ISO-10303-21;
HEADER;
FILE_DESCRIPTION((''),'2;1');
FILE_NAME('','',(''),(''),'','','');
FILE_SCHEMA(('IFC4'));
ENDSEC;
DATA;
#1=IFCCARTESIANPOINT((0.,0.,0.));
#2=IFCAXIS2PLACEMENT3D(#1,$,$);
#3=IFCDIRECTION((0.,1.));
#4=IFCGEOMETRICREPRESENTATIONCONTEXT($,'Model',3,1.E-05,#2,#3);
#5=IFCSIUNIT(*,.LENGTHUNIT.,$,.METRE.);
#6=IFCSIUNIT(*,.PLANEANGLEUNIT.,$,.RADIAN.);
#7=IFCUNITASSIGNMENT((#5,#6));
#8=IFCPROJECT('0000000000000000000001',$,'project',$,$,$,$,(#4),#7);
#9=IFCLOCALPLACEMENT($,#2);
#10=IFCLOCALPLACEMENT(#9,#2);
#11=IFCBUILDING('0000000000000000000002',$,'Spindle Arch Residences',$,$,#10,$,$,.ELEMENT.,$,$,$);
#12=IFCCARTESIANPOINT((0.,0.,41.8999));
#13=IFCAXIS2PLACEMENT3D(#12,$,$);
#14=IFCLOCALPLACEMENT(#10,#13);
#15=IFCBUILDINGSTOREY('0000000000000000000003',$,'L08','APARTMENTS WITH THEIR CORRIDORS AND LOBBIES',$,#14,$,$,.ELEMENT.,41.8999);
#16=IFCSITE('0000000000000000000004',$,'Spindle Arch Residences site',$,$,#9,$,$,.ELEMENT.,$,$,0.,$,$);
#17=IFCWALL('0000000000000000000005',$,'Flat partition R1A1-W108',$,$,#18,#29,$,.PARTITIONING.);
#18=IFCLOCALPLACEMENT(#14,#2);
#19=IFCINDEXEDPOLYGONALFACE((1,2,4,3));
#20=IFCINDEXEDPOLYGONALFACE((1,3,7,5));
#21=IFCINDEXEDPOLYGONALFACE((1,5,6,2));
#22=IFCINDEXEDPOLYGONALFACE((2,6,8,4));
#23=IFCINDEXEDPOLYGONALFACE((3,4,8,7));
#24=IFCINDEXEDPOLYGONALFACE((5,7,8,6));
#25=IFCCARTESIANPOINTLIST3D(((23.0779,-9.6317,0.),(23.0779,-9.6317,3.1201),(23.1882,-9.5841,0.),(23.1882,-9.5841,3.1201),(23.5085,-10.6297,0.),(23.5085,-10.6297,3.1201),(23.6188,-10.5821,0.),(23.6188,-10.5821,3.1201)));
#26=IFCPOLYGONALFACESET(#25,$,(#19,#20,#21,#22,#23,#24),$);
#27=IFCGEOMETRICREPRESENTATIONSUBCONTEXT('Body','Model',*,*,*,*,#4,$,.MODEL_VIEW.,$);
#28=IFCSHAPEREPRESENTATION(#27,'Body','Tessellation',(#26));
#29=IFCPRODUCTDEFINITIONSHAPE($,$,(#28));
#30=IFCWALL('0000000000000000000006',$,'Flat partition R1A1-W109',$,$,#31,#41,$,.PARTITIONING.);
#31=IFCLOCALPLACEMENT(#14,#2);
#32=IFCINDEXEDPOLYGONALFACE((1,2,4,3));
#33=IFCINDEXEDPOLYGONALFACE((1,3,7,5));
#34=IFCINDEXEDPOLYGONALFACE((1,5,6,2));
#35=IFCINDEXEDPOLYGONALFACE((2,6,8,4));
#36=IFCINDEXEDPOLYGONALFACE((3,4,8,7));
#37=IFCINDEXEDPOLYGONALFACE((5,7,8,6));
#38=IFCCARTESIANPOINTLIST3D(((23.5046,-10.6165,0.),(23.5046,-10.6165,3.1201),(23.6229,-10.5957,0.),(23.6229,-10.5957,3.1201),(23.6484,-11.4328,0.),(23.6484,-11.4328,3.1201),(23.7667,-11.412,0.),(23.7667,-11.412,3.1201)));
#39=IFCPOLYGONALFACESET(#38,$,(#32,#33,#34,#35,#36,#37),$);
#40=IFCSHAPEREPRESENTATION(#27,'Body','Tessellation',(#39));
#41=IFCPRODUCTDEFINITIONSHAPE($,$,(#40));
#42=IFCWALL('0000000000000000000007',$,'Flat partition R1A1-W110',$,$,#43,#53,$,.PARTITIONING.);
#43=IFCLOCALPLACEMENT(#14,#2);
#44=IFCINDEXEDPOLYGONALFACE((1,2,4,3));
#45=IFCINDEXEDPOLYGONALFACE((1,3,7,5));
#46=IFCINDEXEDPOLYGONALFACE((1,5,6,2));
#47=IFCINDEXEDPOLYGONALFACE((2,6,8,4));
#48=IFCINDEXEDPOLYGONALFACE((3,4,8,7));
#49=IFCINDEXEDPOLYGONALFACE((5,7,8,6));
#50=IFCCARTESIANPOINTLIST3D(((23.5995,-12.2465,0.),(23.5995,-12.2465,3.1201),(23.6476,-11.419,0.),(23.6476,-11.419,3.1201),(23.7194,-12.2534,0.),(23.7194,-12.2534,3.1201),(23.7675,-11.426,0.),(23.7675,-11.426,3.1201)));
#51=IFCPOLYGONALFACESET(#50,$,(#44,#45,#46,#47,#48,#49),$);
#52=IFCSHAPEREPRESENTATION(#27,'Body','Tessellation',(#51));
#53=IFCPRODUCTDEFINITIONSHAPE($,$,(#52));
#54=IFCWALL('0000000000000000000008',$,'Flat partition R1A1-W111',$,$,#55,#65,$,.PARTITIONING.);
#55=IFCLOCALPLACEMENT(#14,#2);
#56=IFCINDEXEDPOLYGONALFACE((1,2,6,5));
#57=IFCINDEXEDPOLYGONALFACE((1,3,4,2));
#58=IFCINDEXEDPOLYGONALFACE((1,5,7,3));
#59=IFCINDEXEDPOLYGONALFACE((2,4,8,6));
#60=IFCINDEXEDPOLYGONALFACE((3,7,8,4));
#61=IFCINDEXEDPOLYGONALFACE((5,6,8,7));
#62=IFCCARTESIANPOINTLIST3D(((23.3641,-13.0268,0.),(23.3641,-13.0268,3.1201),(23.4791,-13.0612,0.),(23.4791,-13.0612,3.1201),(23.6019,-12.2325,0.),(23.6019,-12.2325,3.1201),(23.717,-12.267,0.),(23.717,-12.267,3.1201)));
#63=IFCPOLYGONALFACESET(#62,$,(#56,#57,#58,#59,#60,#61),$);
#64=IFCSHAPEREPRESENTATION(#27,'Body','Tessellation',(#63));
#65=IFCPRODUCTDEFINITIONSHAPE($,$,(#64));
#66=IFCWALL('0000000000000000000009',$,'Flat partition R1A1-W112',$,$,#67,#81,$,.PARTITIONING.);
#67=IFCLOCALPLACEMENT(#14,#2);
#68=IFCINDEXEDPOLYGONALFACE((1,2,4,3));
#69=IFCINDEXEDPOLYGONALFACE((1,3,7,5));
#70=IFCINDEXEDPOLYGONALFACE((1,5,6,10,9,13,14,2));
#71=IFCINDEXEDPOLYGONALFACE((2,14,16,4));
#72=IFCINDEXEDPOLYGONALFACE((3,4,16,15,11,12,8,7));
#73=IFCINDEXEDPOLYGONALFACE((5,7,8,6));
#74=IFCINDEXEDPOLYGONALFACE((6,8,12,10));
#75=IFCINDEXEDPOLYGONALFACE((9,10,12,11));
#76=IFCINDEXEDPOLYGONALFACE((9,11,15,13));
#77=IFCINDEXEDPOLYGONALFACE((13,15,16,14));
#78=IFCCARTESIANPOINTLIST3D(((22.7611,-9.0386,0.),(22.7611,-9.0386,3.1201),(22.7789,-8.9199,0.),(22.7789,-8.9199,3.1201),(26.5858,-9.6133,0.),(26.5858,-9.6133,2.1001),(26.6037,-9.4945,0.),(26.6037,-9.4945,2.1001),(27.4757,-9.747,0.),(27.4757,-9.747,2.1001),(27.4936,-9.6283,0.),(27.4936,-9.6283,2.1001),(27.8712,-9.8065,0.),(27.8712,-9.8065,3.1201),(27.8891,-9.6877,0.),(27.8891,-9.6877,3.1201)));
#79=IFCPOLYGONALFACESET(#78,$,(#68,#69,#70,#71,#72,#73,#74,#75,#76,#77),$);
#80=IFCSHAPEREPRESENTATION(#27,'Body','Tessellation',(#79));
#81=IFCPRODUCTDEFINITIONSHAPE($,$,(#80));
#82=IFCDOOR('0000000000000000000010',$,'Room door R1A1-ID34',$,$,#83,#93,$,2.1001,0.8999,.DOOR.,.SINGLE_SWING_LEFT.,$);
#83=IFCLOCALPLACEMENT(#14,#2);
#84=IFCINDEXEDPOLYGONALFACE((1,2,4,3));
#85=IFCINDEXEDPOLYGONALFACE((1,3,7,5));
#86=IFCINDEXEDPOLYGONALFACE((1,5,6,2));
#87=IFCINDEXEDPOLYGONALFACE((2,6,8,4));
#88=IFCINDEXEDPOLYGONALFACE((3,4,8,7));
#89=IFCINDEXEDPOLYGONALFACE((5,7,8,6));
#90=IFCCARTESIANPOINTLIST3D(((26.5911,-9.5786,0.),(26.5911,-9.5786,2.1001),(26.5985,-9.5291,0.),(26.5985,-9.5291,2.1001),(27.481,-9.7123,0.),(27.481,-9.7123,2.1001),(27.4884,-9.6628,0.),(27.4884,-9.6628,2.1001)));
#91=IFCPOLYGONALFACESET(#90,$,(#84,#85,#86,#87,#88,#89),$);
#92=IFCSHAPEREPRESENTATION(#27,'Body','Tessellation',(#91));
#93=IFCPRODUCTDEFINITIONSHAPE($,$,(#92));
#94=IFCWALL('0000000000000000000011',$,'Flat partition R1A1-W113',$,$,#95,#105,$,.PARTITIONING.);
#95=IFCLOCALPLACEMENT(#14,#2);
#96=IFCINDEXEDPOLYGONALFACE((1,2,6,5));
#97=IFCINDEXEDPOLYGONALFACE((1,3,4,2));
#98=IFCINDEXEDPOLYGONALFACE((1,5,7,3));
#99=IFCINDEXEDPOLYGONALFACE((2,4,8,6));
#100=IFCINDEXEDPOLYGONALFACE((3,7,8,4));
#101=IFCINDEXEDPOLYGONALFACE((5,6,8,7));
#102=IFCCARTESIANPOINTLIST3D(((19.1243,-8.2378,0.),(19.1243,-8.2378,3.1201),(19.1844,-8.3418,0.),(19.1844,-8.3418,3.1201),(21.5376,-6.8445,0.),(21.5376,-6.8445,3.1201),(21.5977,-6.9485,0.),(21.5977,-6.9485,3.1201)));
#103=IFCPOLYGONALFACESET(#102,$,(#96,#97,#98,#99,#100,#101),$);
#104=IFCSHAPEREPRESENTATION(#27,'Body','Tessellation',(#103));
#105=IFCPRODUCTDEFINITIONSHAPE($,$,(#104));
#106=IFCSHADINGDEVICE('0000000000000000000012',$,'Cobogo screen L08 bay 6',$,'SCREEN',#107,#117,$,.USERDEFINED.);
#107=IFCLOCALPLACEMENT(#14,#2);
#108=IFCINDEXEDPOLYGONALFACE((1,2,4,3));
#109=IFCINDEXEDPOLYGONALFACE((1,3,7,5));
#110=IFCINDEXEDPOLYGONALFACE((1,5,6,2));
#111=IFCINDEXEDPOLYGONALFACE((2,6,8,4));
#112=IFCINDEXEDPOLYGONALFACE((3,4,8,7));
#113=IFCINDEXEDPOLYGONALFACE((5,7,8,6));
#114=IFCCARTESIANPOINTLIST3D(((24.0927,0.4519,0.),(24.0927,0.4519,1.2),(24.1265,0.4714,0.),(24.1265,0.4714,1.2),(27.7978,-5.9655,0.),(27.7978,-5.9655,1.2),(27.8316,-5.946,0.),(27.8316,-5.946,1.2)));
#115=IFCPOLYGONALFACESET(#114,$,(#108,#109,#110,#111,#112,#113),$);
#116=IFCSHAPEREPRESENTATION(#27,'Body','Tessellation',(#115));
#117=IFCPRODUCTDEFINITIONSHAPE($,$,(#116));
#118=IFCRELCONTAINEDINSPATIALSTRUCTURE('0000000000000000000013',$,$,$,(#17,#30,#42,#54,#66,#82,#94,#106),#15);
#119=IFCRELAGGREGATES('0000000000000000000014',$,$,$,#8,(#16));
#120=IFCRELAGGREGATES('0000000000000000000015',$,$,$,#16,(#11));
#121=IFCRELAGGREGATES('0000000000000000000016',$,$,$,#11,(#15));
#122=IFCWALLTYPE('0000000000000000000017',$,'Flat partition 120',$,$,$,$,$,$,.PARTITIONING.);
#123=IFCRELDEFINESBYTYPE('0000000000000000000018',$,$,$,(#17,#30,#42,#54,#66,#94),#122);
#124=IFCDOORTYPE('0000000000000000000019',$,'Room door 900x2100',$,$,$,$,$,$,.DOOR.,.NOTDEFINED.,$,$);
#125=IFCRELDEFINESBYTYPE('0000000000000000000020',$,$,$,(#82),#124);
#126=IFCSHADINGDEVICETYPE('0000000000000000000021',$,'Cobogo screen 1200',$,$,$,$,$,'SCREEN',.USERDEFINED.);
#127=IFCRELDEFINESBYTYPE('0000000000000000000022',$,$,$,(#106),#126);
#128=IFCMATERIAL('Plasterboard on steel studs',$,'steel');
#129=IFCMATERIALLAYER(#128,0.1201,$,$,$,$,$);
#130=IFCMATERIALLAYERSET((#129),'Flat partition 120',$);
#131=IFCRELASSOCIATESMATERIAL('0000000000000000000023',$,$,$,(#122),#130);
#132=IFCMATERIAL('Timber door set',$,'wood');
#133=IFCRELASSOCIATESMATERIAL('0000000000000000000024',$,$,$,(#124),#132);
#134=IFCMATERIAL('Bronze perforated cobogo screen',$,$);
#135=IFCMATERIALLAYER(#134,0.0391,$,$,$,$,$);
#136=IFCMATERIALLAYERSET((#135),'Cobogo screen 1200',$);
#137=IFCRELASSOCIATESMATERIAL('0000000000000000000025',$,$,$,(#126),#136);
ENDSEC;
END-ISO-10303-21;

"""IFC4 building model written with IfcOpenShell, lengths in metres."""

from ifc_helpers import new_model, si_unit, direction, frame, frame_2d, origin, origin_2d, place, context, subcontext, project, spatial, rectangle, extrude, material, layer, layer_set, type_object, element, fill, save


model = new_model("IFC4")

# Units and contexts
model_context = context("Model", 3, precision=1e-05, world=origin(), true_north=direction((0.0, 1.0)))
body_context = subcontext(model_context, "Body", "Model", "MODEL_VIEW")
ifc_project = project(units=[si_unit("LENGTHUNIT", "METRE"), si_unit("PLANEANGLEUNIT", "RADIAN")], contexts=[model_context])

# Site, building, storey
site_placement = place(None, origin())
site = spatial("IfcSite", under=ifc_project, at=site_placement, Name="Spindle Arch Residences site", CompositionType="ELEMENT", RefElevation=0.0)
building_placement = place(site_placement, origin())
building = spatial("IfcBuilding", under=site, at=building_placement, Name="Spindle Arch Residences", CompositionType="ELEMENT")
storey_placement = place(building_placement, frame((0.0, 0.0, 41.8999)))
storey = spatial("IfcBuildingStorey", under=building, at=storey_placement, Name="L08", Description="APARTMENTS WITH THEIR CORRIDORS AND LOBBIES", CompositionType="ELEMENT", Elevation=41.8999)

# Shared definitions
ifc_material_1 = material(Name="Plasterboard on steel studs", Category="steel")
ifc_layer_1 = layer(ifc_material_1, 0.1201)
ifc_layer_set_1 = layer_set([ifc_layer_1], Name="Flat partition 120")
wall_type_1 = type_object("IfcWallType", Name="Flat partition 120", PredefinedType="PARTITIONING", material=ifc_layer_set_1)
ifc_material_2 = material(Name="Timber door set", Category="wood")
door_type_1 = type_object("IfcDoorType", Name="Room door 900x2100", OperationType="NOTDEFINED", PredefinedType="DOOR", material=ifc_material_2)

# Walls
wall_1_placement = place(storey_placement, frame((23.1331, -9.6079, 0.0), z_axis=(0.0, 0.0, 1.0), x_axis=(0.396195, -0.918166, 0.0)))
element("IfcWall", 1, at=wall_1_placement, inside=storey, type_object=wall_type_1, Name="Flat partition R1A1-W108", PredefinedType="PARTITIONING", context=body_context, shape_type="SweptSolid", body=[
    extrude(rectangle(XDim=1.0869, YDim=0.1201, at=frame_2d((0.5435, 0.0))), origin(), (0.0, 0.0, 1.0), 3.1201),
])
for number, where, z_axis, x_axis, name in (
    (2, (23.5637, -10.606, 0.0), (0.0, 0.0, 1.0), (0.173466, -0.98484, 0.0), "Flat partition R1A1-W109"),
    (3, (23.7075, -11.4224, 0.0), (0.0, 0.0, 1.0), (-0.058031, -0.998315, 0.0), "Flat partition R1A1-W110"),
):
    element("IfcWall", number, at=place(storey_placement, frame(where, z_axis=z_axis, x_axis=x_axis)), inside=storey, type_object=wall_type_1, Name=name, PredefinedType="PARTITIONING", context=body_context, shape_type="SweptSolid", body=[
        extrude(rectangle(XDim=0.8289, YDim=0.1201, at=frame_2d((0.4146, 0.0))), origin(), (0.0, 0.0, 1.0), 3.1201),
    ])
wall_2_placement = place(storey_placement, frame((23.6594, -12.2498, 0.0), z_axis=(0.0, 0.0, 1.0), x_axis=(-0.286835, -0.95798, 0.0)))
element("IfcWall", 4, at=wall_2_placement, inside=storey, type_object=wall_type_1, Name="Flat partition R1A1-W111", PredefinedType="PARTITIONING", context=body_context, shape_type="SweptSolid", body=[
    extrude(rectangle(XDim=0.8291, YDim=0.1201, at=frame_2d((0.4146, 0.0))), origin(), (0.0, 0.0, 1.0), 3.1201),
])

# Wall, opening, door
wall_3_placement = place(storey_placement, frame((27.8801, -9.7471, 0.0), z_axis=(0.0, 0.0, 1.0), x_axis=(-0.988899, 0.148588, 0.0)))
wall_3 = element("IfcWall", 5, at=wall_3_placement, inside=storey, type_object=wall_type_1, Name="Flat partition R1A1-W112", PredefinedType="PARTITIONING", context=body_context, shape_type="SweptSolid", body=[
    extrude(rectangle(XDim=5.1675, YDim=0.1201, at=frame_2d((2.5837, 0.0))), origin(), (0.0, 0.0, 1.0), 3.1201),
])
opening_1_placement = place(wall_3_placement, frame((0.3999, 0.0, 0.0)))
opening_1 = element("IfcOpeningElement", 6, at=opening_1_placement, cuts=wall_3, PredefinedType="OPENING", context=body_context, shape_type="SweptSolid", body=[
    extrude(rectangle(XDim=0.8999, YDim=2.1001, at=frame_2d((0.45, 1.05))), frame((0.0, 0.0701, 0.0), z_axis=(0.0, -1.0, 0.0), x_axis=(1.0, 0.0, 0.0)), (0.0, 0.0, 1.0), 0.1401),
])
door_1_placement = place(opening_1_placement, origin())
door_1 = element("IfcDoor", 7, at=door_1_placement, inside=storey, type_object=door_type_1, Name="Room door R1A1-ID34", OperationType="SINGLE_SWING_LEFT", OverallHeight=2.1001, OverallWidth=0.8999, PredefinedType="DOOR", context=body_context, shape_type="SweptSolid", body=[
    extrude(rectangle(XDim=0.8999, YDim=2.1001, at=frame_2d((0.45, 1.05))), frame((0.0, 0.0249, 0.0), z_axis=(0.0, -1.0, 0.0), x_axis=(1.0, 0.0, 0.0)), (0.0, 0.0, 1.0), 0.05),
])
fill(opening_1, door_1)

# Wall
wall_4_placement = place(storey_placement, frame((21.5676, -6.8965, 0.0), z_axis=(0.0, 0.0, 1.0), x_axis=(-0.866029, -0.499993, 0.0)))
element("IfcWall", 8, at=wall_4_placement, inside=storey, type_object=wall_type_1, Name="Flat partition R1A1-W113", PredefinedType="PARTITIONING", context=body_context, shape_type="SweptSolid", body=[
    extrude(rectangle(XDim=2.7866, YDim=0.1201, at=frame_2d((1.3933, 0.0))), origin(), (0.0, 0.0, 1.0), 3.1201),
])

# Shading device
ifc_material_3 = material(Name="Bronze perforated cobogo screen")
ifc_layer_2 = layer(ifc_material_3, 0.0391)
ifc_layer_set_2 = layer_set([ifc_layer_2], Name="Cobogo screen 1200")
shading_device_type = type_object("IfcShadingDeviceType", Name="Cobogo screen 1200", ElementType="SCREEN", PredefinedType="USERDEFINED", material=ifc_layer_set_2)
shading_device_placement = place(storey_placement, frame((25.9622, -2.7471, 0.0), z_axis=(0.0, 0.0, 1.0), x_axis=(-0.5, 0.866025, 0.0)))
element("IfcShadingDevice", 9, at=shading_device_placement, inside=storey, type_object=shading_device_type, Name="Cobogo screen L08 bay 6", ObjectType="SCREEN", PredefinedType="USERDEFINED", context=body_context, shape_type="SweptSolid", body=[
    extrude(rectangle(XDim=7.4102, YDim=0.0391, at=origin_2d()), origin(), (0.0, 0.0, 1.0), 1.2),
])

save(model, "model.ifc")
